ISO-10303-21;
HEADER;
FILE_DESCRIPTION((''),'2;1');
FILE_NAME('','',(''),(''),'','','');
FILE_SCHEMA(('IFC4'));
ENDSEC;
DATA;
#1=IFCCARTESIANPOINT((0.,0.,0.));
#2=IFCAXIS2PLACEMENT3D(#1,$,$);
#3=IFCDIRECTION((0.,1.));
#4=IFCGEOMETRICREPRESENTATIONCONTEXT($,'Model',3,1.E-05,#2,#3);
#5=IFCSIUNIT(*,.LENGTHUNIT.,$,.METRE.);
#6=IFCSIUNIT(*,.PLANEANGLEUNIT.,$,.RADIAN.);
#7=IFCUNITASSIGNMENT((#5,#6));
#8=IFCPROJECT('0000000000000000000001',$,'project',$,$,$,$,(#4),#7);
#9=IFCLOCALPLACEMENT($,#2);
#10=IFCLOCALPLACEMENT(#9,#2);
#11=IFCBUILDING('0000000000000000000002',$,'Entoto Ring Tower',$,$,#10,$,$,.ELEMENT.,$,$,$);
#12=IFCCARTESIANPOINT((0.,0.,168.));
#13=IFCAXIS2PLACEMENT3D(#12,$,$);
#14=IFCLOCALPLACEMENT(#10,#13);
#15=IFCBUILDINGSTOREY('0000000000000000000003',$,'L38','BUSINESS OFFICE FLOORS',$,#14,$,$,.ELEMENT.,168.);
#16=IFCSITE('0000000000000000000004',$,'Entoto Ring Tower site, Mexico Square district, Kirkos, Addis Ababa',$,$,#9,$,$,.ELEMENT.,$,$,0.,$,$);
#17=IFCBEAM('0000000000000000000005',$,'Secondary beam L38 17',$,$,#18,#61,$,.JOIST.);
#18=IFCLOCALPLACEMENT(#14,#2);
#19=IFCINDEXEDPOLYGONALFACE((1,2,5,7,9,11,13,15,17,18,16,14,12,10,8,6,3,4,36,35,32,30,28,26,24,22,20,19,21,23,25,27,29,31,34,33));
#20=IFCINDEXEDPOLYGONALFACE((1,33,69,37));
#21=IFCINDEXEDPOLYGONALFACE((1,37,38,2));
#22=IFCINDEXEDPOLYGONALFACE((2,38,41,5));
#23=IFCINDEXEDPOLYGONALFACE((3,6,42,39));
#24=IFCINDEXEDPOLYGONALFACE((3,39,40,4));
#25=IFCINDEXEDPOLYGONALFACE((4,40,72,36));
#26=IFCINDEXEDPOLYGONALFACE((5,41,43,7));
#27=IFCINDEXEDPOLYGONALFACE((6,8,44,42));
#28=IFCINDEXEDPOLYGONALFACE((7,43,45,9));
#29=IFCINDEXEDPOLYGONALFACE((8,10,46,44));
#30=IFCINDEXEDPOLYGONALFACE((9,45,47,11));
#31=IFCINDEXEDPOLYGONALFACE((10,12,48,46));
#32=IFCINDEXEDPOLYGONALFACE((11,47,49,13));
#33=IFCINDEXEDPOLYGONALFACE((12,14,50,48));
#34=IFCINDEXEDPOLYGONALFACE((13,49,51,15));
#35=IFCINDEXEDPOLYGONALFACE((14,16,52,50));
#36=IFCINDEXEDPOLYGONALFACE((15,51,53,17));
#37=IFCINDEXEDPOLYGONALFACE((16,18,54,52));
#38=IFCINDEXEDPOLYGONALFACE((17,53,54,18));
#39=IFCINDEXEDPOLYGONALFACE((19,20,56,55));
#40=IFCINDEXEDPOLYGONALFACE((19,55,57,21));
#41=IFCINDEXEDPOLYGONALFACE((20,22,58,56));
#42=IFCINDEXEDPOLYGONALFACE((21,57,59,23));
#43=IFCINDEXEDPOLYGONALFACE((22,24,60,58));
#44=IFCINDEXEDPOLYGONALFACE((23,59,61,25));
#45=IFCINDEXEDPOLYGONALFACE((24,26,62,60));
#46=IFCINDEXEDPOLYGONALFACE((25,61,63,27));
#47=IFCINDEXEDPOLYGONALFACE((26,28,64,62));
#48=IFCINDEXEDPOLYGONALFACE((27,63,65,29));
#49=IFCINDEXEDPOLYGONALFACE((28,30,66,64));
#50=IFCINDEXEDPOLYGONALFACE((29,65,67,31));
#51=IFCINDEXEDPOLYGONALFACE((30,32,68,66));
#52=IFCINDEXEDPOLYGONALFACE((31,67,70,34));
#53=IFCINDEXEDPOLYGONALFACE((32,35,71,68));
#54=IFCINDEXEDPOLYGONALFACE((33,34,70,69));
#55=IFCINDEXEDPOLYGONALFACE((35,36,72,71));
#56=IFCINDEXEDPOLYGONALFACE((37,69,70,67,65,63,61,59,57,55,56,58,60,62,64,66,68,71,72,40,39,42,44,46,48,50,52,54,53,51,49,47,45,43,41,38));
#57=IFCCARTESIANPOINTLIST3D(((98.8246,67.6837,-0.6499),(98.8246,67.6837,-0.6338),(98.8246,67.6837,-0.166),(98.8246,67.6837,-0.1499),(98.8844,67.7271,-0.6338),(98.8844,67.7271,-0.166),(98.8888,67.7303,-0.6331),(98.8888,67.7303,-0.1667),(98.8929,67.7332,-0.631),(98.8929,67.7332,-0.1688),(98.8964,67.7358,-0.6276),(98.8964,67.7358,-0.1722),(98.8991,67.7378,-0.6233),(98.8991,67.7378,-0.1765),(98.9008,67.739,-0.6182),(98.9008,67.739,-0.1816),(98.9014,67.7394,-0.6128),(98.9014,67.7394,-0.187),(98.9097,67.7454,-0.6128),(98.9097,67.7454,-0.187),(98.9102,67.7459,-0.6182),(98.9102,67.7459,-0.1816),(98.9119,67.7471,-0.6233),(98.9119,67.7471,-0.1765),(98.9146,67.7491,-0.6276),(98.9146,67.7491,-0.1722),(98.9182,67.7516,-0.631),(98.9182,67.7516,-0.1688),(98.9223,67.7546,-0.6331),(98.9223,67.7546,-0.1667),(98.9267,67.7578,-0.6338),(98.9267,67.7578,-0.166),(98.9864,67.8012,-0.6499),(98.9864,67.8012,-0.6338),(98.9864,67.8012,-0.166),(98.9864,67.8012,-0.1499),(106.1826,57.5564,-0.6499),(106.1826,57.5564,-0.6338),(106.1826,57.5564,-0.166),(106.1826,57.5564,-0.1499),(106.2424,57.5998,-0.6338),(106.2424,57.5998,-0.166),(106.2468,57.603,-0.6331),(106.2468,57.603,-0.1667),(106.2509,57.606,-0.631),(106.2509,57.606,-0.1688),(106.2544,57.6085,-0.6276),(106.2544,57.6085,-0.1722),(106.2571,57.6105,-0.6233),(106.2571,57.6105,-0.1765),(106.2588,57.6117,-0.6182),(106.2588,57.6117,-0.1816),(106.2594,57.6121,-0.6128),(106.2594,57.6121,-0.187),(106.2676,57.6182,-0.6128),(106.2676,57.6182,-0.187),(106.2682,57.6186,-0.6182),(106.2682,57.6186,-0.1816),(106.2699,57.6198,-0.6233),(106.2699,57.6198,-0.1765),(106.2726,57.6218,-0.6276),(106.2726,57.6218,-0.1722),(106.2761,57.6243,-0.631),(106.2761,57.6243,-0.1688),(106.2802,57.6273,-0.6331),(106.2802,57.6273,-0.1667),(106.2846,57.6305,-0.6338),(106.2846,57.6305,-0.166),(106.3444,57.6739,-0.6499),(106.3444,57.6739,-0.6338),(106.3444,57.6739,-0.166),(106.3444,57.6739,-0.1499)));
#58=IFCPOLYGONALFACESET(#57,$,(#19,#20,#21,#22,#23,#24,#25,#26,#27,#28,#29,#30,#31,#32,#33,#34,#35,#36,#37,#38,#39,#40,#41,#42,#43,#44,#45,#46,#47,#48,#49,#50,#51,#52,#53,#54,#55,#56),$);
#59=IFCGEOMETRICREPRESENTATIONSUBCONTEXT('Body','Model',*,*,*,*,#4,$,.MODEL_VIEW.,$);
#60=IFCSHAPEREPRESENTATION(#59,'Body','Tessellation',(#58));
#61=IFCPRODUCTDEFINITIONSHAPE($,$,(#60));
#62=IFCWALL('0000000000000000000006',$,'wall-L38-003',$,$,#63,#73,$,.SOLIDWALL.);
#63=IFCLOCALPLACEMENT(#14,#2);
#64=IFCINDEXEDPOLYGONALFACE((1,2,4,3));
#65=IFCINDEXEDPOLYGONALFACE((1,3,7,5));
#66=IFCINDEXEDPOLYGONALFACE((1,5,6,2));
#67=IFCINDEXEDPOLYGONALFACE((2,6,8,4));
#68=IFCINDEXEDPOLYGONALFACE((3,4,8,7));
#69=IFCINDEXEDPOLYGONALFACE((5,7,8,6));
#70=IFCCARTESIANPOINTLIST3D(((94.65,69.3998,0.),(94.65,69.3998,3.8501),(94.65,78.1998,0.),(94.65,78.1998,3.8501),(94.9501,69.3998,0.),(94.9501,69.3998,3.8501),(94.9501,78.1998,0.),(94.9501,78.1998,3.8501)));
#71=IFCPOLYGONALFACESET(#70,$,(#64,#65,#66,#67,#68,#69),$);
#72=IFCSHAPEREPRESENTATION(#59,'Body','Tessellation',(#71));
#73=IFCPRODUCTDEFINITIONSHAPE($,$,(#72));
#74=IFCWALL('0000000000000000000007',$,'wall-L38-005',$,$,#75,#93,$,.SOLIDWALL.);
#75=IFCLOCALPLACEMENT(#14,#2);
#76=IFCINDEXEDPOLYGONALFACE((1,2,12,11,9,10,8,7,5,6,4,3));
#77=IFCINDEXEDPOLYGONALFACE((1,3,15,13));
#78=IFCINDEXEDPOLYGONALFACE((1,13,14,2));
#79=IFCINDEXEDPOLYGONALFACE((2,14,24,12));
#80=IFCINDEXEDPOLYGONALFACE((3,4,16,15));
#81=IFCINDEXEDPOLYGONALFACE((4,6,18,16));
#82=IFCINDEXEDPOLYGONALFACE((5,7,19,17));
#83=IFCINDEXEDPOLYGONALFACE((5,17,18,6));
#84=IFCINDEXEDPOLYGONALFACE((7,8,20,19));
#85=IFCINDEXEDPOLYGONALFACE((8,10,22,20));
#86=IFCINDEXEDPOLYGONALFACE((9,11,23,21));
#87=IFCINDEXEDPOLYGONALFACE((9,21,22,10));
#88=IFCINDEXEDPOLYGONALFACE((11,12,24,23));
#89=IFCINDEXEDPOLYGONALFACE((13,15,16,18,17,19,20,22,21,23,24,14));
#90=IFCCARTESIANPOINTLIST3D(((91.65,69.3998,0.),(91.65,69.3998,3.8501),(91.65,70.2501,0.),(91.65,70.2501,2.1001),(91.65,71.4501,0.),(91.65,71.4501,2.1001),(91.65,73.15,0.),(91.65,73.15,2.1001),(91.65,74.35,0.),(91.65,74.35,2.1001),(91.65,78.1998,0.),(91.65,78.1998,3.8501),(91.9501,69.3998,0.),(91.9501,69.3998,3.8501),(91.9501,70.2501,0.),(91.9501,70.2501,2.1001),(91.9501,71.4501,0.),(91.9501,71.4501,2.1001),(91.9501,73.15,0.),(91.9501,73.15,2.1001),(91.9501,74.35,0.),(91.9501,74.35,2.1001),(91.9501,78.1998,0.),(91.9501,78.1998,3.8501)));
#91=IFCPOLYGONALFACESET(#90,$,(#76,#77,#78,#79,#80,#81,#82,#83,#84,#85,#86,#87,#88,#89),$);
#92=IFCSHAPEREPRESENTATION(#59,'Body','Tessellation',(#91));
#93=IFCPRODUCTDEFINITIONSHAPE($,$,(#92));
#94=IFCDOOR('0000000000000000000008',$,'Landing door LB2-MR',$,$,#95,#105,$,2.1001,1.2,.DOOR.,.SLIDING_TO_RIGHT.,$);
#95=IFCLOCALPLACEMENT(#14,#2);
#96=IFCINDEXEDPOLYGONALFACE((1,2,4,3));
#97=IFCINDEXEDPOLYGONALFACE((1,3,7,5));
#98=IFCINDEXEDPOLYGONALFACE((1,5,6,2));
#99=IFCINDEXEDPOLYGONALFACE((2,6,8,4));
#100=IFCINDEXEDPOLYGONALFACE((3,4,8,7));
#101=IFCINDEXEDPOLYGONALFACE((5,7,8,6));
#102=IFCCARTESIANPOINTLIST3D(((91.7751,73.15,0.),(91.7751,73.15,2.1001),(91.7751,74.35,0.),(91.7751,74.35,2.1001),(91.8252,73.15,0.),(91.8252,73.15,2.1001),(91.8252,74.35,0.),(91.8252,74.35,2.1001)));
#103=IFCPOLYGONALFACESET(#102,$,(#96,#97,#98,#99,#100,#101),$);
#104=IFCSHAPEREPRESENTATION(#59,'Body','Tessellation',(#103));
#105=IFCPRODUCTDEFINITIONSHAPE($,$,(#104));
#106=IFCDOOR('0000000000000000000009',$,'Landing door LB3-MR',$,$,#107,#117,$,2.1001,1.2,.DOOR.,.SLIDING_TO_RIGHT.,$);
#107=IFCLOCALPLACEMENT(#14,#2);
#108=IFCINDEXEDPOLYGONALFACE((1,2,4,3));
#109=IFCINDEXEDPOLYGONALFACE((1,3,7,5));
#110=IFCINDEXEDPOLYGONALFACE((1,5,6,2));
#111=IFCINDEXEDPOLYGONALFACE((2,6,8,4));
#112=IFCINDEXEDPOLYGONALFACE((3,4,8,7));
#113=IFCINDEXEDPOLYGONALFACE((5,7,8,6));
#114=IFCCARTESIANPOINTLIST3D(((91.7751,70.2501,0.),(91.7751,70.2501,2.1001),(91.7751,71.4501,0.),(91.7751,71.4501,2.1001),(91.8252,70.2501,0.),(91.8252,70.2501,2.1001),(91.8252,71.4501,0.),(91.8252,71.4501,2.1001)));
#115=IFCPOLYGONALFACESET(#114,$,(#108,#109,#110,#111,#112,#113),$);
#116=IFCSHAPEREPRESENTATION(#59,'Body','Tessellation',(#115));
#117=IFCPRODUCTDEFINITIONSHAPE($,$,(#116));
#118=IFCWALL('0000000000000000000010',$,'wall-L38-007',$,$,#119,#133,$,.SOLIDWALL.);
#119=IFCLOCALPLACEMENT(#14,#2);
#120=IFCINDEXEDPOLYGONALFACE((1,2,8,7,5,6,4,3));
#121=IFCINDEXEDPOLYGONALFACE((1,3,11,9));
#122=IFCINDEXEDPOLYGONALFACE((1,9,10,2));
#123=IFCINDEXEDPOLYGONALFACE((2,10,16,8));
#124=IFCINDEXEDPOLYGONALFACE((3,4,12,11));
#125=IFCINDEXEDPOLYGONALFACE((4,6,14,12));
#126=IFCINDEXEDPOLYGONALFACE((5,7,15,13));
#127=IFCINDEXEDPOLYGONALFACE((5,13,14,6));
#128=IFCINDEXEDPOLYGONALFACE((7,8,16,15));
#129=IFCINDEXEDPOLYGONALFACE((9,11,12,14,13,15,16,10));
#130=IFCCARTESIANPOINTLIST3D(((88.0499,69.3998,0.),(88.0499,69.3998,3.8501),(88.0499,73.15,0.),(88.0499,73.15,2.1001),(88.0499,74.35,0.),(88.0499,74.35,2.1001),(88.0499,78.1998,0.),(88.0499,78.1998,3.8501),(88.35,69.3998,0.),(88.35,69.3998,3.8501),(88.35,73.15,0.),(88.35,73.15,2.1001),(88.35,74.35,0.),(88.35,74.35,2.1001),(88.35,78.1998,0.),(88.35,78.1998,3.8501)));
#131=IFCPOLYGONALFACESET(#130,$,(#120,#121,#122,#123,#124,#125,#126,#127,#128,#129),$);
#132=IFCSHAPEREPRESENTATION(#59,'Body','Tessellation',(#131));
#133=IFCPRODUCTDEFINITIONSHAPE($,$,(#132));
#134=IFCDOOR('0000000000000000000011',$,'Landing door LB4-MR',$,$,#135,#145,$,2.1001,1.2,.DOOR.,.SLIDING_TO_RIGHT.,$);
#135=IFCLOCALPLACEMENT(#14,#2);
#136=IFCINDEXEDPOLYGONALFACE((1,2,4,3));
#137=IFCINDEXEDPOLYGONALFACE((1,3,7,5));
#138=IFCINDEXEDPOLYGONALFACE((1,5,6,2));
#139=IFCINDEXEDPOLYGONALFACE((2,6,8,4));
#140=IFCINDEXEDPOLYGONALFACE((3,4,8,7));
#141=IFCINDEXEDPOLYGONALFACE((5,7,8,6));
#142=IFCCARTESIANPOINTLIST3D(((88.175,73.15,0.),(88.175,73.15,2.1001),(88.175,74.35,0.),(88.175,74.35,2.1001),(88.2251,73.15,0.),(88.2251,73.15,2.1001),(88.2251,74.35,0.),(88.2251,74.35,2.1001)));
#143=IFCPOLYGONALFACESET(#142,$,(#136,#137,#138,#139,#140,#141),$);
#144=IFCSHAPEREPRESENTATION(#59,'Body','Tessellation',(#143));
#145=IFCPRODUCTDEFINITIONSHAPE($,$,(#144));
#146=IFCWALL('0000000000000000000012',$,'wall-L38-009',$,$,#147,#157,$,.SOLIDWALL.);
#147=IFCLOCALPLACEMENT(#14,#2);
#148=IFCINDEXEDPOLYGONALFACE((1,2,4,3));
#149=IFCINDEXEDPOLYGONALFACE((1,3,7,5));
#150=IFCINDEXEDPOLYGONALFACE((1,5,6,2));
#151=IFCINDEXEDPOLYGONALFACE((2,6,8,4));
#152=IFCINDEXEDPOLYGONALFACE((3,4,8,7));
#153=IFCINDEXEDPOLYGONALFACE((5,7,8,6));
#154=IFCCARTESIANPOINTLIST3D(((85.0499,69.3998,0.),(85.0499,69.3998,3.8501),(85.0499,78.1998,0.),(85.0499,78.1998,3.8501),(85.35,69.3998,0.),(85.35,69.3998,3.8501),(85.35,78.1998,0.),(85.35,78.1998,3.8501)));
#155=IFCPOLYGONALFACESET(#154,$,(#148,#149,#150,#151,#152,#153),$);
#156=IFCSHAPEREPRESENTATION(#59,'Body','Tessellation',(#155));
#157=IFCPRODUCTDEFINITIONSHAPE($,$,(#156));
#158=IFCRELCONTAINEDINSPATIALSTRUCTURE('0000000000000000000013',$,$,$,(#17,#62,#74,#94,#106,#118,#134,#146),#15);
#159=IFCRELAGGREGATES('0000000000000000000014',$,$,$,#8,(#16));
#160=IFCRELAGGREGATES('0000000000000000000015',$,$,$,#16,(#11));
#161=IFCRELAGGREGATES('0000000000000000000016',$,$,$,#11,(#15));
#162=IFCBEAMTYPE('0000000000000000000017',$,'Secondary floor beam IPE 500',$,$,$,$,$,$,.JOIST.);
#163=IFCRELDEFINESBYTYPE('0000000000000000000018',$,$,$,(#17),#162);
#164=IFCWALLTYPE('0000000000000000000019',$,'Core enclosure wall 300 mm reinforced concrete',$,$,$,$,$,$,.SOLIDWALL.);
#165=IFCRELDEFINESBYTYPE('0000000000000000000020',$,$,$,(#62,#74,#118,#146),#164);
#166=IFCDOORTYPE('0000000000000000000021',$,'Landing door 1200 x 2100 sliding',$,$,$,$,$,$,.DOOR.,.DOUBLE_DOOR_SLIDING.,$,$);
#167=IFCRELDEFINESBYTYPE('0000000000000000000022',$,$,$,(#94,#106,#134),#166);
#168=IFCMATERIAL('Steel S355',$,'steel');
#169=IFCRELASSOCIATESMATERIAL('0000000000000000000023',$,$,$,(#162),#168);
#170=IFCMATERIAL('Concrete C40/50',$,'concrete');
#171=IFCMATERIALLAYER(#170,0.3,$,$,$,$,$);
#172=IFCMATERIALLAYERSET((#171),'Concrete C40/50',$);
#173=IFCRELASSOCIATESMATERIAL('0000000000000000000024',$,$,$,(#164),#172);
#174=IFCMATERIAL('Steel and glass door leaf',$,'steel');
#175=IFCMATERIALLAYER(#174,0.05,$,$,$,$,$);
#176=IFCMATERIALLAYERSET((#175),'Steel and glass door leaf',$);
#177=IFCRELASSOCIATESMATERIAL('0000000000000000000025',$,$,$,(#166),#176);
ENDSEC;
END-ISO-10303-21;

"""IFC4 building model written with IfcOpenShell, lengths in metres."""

from ifc_helpers import new_model, si_unit, direction, frame, frame_2d, origin, origin_2d, place, context, subcontext, project, spatial, rectangle, i_section, extrude, material, layer, layer_set, material_profile, profile_set, type_object, element, fill, save


model = new_model("IFC4")

# Units and contexts
model_context = context("Model", 3, precision=1e-05, world=origin(), true_north=direction((0.0, 1.0)))
body_context = subcontext(model_context, "Body", "Model", "MODEL_VIEW")
ifc_project = project(units=[si_unit("LENGTHUNIT", "METRE"), si_unit("PLANEANGLEUNIT", "RADIAN")], contexts=[model_context])

# Site, building, storey
site_placement = place(None, origin())
site = spatial("IfcSite", under=ifc_project, at=site_placement, Name="Entoto Ring Tower site, Mexico Square district, Kirkos, Addis Ababa", CompositionType="ELEMENT", RefElevation=0.0)
building_placement = place(site_placement, origin())
building = spatial("IfcBuilding", under=site, at=building_placement, Name="Entoto Ring Tower", CompositionType="ELEMENT")
storey_placement = place(building_placement, frame((0.0, 0.0, 168.0)))
storey = spatial("IfcBuildingStorey", under=building, at=storey_placement, Name="L38", Description="BUSINESS OFFICE FLOORS", CompositionType="ELEMENT", Elevation=168.0)

# Beam
ifc_material_1 = material(Name="Steel S355", Category="steel")
ifc_material_profile_1 = material_profile(ifc_material_1, i_section(OverallWidth=0.2, OverallDepth=0.5, WebThickness=0.0103, FlangeThickness=0.0161, FilletRadius=0.021, at=origin_2d()), Name="IPE 500")
ifc_profile_set_1 = profile_set([ifc_material_profile_1], Name="Steel S355")
beam_type_1 = type_object("IfcBeamType", Name="Secondary floor beam IPE 500", PredefinedType="JOIST", material=ifc_profile_set_1)
beam_1_placement = place(storey_placement, frame((98.9055, 67.7424, -0.3999), z_axis=(0.587789, -0.809014, 0.0), x_axis=(0.809014, 0.587789, 0.0)))
element("IfcBeam", 1, at=beam_1_placement, inside=storey, type_object=beam_type_1, Name="Secondary beam L38 17", PredefinedType="JOIST", context=body_context, shape_type="SweptSolid", body=[
    extrude(i_section(OverallWidth=0.2, OverallDepth=0.5, WebThickness=0.0103, FlangeThickness=0.0161, FilletRadius=0.021, at=origin_2d()), origin(), (0.0, 0.0, 1.0), 12.5181),
])

# Wall
ifc_material_2 = material(Name="Concrete C40/50", Category="concrete")
ifc_layer_1 = layer(ifc_material_2, 0.3)
ifc_layer_set_1 = layer_set([ifc_layer_1], Name="Concrete C40/50")
wall_type_1 = type_object("IfcWallType", Name="Core enclosure wall 300 mm reinforced concrete", PredefinedType="SOLIDWALL", material=ifc_layer_set_1)
wall_1_placement = place(storey_placement, frame((94.8, 69.3999, 0.0), z_axis=(0.0, 0.0, 1.0), x_axis=(0.0, 1.0, 0.0)))
element("IfcWall", 2, at=wall_1_placement, inside=storey, type_object=wall_type_1, Name="wall-L38-003", PredefinedType="SOLIDWALL", context=body_context, shape_type="SweptSolid", body=[
    extrude(rectangle(XDim=8.8, YDim=0.3, at=frame_2d((4.3999, 0.0))), origin(), (0.0, 0.0, 1.0), 3.8501),
])

# Wall, openings, doors
wall_2_placement = place(storey_placement, frame((91.8, 69.3999, 0.0), z_axis=(0.0, 0.0, 1.0), x_axis=(0.0, 1.0, 0.0)))
wall_2 = element("IfcWall", 3, at=wall_2_placement, inside=storey, type_object=wall_type_1, Name="wall-L38-005", PredefinedType="SOLIDWALL", context=body_context, shape_type="SweptSolid", body=[
    extrude(rectangle(XDim=8.8, YDim=0.3, at=frame_2d((4.3999, 0.0))), origin(), (0.0, 0.0, 1.0), 3.8501),
])
opening_1_placement = place(wall_2_placement, frame((3.75, 0.0, 0.0)))
opening_1 = element("IfcOpeningElement", 4, at=opening_1_placement, cuts=wall_2, PredefinedType="OPENING", context=body_context, shape_type="SweptSolid", body=[
    extrude(rectangle(XDim=1.2, YDim=2.1001, at=frame_2d((0.6001, 1.05))), frame((0.0, 0.1602, 0.0), z_axis=(0.0, -1.0, 0.0), x_axis=(1.0, 0.0, 0.0)), (0.0, 0.0, 1.0), 0.3201),
])
opening_2_placement = place(wall_2_placement, frame((0.8501, 0.0, 0.0)))
opening_2 = element("IfcOpeningElement", 5, at=opening_2_placement, cuts=wall_2, PredefinedType="OPENING", context=body_context, shape_type="SweptSolid", body=[
    extrude(rectangle(XDim=1.2, YDim=2.1001, at=frame_2d((0.6001, 1.05))), frame((0.0, 0.1602, 0.0), z_axis=(0.0, -1.0, 0.0), x_axis=(1.0, 0.0, 0.0)), (0.0, 0.0, 1.0), 0.3201),
])
ifc_material_3 = material(Name="Steel and glass door leaf", Category="steel")
ifc_layer_2 = layer(ifc_material_3, 0.05)
ifc_layer_set_2 = layer_set([ifc_layer_2], Name="Steel and glass door leaf")
door_type_1 = type_object("IfcDoorType", Name="Landing door 1200 x 2100 sliding", OperationType="DOUBLE_DOOR_SLIDING", PredefinedType="DOOR", material=ifc_layer_set_2)
door_1_placement = place(opening_1_placement, origin())
door_1 = element("IfcDoor", 6, at=door_1_placement, inside=storey, type_object=door_type_1, Name="Landing door LB2-MR", OperationType="SLIDING_TO_RIGHT", OverallHeight=2.1001, OverallWidth=1.2, PredefinedType="DOOR", context=body_context, shape_type="SweptSolid", body=[
    extrude(rectangle(XDim=1.2, YDim=2.1001, at=frame_2d((0.6001, 1.05))), frame((0.0, 0.0249, 0.0), z_axis=(0.0, -1.0, 0.0), x_axis=(1.0, 0.0, 0.0)), (0.0, 0.0, 1.0), 0.05),
])
fill(opening_1, door_1)
door_2_placement = place(opening_2_placement, origin())
door_2 = element("IfcDoor", 7, at=door_2_placement, inside=storey, type_object=door_type_1, Name="Landing door LB3-MR", OperationType="SLIDING_TO_RIGHT", OverallHeight=2.1001, OverallWidth=1.2, PredefinedType="DOOR", context=body_context, shape_type="SweptSolid", body=[
    extrude(rectangle(XDim=1.2, YDim=2.1001, at=frame_2d((0.6001, 1.05))), frame((0.0, 0.0249, 0.0), z_axis=(0.0, -1.0, 0.0), x_axis=(1.0, 0.0, 0.0)), (0.0, 0.0, 1.0), 0.05),
])
fill(opening_2, door_2)

# Wall, opening, door
wall_3_placement = place(storey_placement, frame((88.2, 69.3999, 0.0), z_axis=(0.0, 0.0, 1.0), x_axis=(0.0, 1.0, 0.0)))
wall_3 = element("IfcWall", 8, at=wall_3_placement, inside=storey, type_object=wall_type_1, Name="wall-L38-007", PredefinedType="SOLIDWALL", context=body_context, shape_type="SweptSolid", body=[
    extrude(rectangle(XDim=8.8, YDim=0.3, at=frame_2d((4.3999, 0.0))), origin(), (0.0, 0.0, 1.0), 3.8501),
])
opening_3_placement = place(wall_3_placement, frame((3.75, 0.0, 0.0)))
opening_3 = element("IfcOpeningElement", 9, at=opening_3_placement, cuts=wall_3, PredefinedType="OPENING", context=body_context, shape_type="SweptSolid", body=[
    extrude(rectangle(XDim=1.2, YDim=2.1001, at=frame_2d((0.6001, 1.05))), frame((0.0, 0.1602, 0.0), z_axis=(0.0, -1.0, 0.0), x_axis=(1.0, 0.0, 0.0)), (0.0, 0.0, 1.0), 0.3201),
])
door_3_placement = place(opening_3_placement, origin())
door_3 = element("IfcDoor", 10, at=door_3_placement, inside=storey, type_object=door_type_1, Name="Landing door LB4-MR", OperationType="SLIDING_TO_RIGHT", OverallHeight=2.1001, OverallWidth=1.2, PredefinedType="DOOR", context=body_context, shape_type="SweptSolid", body=[
    extrude(rectangle(XDim=1.2, YDim=2.1001, at=frame_2d((0.6001, 1.05))), frame((0.0, 0.0249, 0.0), z_axis=(0.0, -1.0, 0.0), x_axis=(1.0, 0.0, 0.0)), (0.0, 0.0, 1.0), 0.05),
])
fill(opening_3, door_3)

# Wall
wall_4_placement = place(storey_placement, frame((85.2, 69.3999, 0.0), z_axis=(0.0, 0.0, 1.0), x_axis=(0.0, 1.0, 0.0)))
element("IfcWall", 11, at=wall_4_placement, inside=storey, type_object=wall_type_1, Name="wall-L38-009", PredefinedType="SOLIDWALL", context=body_context, shape_type="SweptSolid", body=[
    extrude(rectangle(XDim=8.8, YDim=0.3, at=frame_2d((4.3999, 0.0))), origin(), (0.0, 0.0, 1.0), 3.8501),
])

save(model, "model.ifc")
